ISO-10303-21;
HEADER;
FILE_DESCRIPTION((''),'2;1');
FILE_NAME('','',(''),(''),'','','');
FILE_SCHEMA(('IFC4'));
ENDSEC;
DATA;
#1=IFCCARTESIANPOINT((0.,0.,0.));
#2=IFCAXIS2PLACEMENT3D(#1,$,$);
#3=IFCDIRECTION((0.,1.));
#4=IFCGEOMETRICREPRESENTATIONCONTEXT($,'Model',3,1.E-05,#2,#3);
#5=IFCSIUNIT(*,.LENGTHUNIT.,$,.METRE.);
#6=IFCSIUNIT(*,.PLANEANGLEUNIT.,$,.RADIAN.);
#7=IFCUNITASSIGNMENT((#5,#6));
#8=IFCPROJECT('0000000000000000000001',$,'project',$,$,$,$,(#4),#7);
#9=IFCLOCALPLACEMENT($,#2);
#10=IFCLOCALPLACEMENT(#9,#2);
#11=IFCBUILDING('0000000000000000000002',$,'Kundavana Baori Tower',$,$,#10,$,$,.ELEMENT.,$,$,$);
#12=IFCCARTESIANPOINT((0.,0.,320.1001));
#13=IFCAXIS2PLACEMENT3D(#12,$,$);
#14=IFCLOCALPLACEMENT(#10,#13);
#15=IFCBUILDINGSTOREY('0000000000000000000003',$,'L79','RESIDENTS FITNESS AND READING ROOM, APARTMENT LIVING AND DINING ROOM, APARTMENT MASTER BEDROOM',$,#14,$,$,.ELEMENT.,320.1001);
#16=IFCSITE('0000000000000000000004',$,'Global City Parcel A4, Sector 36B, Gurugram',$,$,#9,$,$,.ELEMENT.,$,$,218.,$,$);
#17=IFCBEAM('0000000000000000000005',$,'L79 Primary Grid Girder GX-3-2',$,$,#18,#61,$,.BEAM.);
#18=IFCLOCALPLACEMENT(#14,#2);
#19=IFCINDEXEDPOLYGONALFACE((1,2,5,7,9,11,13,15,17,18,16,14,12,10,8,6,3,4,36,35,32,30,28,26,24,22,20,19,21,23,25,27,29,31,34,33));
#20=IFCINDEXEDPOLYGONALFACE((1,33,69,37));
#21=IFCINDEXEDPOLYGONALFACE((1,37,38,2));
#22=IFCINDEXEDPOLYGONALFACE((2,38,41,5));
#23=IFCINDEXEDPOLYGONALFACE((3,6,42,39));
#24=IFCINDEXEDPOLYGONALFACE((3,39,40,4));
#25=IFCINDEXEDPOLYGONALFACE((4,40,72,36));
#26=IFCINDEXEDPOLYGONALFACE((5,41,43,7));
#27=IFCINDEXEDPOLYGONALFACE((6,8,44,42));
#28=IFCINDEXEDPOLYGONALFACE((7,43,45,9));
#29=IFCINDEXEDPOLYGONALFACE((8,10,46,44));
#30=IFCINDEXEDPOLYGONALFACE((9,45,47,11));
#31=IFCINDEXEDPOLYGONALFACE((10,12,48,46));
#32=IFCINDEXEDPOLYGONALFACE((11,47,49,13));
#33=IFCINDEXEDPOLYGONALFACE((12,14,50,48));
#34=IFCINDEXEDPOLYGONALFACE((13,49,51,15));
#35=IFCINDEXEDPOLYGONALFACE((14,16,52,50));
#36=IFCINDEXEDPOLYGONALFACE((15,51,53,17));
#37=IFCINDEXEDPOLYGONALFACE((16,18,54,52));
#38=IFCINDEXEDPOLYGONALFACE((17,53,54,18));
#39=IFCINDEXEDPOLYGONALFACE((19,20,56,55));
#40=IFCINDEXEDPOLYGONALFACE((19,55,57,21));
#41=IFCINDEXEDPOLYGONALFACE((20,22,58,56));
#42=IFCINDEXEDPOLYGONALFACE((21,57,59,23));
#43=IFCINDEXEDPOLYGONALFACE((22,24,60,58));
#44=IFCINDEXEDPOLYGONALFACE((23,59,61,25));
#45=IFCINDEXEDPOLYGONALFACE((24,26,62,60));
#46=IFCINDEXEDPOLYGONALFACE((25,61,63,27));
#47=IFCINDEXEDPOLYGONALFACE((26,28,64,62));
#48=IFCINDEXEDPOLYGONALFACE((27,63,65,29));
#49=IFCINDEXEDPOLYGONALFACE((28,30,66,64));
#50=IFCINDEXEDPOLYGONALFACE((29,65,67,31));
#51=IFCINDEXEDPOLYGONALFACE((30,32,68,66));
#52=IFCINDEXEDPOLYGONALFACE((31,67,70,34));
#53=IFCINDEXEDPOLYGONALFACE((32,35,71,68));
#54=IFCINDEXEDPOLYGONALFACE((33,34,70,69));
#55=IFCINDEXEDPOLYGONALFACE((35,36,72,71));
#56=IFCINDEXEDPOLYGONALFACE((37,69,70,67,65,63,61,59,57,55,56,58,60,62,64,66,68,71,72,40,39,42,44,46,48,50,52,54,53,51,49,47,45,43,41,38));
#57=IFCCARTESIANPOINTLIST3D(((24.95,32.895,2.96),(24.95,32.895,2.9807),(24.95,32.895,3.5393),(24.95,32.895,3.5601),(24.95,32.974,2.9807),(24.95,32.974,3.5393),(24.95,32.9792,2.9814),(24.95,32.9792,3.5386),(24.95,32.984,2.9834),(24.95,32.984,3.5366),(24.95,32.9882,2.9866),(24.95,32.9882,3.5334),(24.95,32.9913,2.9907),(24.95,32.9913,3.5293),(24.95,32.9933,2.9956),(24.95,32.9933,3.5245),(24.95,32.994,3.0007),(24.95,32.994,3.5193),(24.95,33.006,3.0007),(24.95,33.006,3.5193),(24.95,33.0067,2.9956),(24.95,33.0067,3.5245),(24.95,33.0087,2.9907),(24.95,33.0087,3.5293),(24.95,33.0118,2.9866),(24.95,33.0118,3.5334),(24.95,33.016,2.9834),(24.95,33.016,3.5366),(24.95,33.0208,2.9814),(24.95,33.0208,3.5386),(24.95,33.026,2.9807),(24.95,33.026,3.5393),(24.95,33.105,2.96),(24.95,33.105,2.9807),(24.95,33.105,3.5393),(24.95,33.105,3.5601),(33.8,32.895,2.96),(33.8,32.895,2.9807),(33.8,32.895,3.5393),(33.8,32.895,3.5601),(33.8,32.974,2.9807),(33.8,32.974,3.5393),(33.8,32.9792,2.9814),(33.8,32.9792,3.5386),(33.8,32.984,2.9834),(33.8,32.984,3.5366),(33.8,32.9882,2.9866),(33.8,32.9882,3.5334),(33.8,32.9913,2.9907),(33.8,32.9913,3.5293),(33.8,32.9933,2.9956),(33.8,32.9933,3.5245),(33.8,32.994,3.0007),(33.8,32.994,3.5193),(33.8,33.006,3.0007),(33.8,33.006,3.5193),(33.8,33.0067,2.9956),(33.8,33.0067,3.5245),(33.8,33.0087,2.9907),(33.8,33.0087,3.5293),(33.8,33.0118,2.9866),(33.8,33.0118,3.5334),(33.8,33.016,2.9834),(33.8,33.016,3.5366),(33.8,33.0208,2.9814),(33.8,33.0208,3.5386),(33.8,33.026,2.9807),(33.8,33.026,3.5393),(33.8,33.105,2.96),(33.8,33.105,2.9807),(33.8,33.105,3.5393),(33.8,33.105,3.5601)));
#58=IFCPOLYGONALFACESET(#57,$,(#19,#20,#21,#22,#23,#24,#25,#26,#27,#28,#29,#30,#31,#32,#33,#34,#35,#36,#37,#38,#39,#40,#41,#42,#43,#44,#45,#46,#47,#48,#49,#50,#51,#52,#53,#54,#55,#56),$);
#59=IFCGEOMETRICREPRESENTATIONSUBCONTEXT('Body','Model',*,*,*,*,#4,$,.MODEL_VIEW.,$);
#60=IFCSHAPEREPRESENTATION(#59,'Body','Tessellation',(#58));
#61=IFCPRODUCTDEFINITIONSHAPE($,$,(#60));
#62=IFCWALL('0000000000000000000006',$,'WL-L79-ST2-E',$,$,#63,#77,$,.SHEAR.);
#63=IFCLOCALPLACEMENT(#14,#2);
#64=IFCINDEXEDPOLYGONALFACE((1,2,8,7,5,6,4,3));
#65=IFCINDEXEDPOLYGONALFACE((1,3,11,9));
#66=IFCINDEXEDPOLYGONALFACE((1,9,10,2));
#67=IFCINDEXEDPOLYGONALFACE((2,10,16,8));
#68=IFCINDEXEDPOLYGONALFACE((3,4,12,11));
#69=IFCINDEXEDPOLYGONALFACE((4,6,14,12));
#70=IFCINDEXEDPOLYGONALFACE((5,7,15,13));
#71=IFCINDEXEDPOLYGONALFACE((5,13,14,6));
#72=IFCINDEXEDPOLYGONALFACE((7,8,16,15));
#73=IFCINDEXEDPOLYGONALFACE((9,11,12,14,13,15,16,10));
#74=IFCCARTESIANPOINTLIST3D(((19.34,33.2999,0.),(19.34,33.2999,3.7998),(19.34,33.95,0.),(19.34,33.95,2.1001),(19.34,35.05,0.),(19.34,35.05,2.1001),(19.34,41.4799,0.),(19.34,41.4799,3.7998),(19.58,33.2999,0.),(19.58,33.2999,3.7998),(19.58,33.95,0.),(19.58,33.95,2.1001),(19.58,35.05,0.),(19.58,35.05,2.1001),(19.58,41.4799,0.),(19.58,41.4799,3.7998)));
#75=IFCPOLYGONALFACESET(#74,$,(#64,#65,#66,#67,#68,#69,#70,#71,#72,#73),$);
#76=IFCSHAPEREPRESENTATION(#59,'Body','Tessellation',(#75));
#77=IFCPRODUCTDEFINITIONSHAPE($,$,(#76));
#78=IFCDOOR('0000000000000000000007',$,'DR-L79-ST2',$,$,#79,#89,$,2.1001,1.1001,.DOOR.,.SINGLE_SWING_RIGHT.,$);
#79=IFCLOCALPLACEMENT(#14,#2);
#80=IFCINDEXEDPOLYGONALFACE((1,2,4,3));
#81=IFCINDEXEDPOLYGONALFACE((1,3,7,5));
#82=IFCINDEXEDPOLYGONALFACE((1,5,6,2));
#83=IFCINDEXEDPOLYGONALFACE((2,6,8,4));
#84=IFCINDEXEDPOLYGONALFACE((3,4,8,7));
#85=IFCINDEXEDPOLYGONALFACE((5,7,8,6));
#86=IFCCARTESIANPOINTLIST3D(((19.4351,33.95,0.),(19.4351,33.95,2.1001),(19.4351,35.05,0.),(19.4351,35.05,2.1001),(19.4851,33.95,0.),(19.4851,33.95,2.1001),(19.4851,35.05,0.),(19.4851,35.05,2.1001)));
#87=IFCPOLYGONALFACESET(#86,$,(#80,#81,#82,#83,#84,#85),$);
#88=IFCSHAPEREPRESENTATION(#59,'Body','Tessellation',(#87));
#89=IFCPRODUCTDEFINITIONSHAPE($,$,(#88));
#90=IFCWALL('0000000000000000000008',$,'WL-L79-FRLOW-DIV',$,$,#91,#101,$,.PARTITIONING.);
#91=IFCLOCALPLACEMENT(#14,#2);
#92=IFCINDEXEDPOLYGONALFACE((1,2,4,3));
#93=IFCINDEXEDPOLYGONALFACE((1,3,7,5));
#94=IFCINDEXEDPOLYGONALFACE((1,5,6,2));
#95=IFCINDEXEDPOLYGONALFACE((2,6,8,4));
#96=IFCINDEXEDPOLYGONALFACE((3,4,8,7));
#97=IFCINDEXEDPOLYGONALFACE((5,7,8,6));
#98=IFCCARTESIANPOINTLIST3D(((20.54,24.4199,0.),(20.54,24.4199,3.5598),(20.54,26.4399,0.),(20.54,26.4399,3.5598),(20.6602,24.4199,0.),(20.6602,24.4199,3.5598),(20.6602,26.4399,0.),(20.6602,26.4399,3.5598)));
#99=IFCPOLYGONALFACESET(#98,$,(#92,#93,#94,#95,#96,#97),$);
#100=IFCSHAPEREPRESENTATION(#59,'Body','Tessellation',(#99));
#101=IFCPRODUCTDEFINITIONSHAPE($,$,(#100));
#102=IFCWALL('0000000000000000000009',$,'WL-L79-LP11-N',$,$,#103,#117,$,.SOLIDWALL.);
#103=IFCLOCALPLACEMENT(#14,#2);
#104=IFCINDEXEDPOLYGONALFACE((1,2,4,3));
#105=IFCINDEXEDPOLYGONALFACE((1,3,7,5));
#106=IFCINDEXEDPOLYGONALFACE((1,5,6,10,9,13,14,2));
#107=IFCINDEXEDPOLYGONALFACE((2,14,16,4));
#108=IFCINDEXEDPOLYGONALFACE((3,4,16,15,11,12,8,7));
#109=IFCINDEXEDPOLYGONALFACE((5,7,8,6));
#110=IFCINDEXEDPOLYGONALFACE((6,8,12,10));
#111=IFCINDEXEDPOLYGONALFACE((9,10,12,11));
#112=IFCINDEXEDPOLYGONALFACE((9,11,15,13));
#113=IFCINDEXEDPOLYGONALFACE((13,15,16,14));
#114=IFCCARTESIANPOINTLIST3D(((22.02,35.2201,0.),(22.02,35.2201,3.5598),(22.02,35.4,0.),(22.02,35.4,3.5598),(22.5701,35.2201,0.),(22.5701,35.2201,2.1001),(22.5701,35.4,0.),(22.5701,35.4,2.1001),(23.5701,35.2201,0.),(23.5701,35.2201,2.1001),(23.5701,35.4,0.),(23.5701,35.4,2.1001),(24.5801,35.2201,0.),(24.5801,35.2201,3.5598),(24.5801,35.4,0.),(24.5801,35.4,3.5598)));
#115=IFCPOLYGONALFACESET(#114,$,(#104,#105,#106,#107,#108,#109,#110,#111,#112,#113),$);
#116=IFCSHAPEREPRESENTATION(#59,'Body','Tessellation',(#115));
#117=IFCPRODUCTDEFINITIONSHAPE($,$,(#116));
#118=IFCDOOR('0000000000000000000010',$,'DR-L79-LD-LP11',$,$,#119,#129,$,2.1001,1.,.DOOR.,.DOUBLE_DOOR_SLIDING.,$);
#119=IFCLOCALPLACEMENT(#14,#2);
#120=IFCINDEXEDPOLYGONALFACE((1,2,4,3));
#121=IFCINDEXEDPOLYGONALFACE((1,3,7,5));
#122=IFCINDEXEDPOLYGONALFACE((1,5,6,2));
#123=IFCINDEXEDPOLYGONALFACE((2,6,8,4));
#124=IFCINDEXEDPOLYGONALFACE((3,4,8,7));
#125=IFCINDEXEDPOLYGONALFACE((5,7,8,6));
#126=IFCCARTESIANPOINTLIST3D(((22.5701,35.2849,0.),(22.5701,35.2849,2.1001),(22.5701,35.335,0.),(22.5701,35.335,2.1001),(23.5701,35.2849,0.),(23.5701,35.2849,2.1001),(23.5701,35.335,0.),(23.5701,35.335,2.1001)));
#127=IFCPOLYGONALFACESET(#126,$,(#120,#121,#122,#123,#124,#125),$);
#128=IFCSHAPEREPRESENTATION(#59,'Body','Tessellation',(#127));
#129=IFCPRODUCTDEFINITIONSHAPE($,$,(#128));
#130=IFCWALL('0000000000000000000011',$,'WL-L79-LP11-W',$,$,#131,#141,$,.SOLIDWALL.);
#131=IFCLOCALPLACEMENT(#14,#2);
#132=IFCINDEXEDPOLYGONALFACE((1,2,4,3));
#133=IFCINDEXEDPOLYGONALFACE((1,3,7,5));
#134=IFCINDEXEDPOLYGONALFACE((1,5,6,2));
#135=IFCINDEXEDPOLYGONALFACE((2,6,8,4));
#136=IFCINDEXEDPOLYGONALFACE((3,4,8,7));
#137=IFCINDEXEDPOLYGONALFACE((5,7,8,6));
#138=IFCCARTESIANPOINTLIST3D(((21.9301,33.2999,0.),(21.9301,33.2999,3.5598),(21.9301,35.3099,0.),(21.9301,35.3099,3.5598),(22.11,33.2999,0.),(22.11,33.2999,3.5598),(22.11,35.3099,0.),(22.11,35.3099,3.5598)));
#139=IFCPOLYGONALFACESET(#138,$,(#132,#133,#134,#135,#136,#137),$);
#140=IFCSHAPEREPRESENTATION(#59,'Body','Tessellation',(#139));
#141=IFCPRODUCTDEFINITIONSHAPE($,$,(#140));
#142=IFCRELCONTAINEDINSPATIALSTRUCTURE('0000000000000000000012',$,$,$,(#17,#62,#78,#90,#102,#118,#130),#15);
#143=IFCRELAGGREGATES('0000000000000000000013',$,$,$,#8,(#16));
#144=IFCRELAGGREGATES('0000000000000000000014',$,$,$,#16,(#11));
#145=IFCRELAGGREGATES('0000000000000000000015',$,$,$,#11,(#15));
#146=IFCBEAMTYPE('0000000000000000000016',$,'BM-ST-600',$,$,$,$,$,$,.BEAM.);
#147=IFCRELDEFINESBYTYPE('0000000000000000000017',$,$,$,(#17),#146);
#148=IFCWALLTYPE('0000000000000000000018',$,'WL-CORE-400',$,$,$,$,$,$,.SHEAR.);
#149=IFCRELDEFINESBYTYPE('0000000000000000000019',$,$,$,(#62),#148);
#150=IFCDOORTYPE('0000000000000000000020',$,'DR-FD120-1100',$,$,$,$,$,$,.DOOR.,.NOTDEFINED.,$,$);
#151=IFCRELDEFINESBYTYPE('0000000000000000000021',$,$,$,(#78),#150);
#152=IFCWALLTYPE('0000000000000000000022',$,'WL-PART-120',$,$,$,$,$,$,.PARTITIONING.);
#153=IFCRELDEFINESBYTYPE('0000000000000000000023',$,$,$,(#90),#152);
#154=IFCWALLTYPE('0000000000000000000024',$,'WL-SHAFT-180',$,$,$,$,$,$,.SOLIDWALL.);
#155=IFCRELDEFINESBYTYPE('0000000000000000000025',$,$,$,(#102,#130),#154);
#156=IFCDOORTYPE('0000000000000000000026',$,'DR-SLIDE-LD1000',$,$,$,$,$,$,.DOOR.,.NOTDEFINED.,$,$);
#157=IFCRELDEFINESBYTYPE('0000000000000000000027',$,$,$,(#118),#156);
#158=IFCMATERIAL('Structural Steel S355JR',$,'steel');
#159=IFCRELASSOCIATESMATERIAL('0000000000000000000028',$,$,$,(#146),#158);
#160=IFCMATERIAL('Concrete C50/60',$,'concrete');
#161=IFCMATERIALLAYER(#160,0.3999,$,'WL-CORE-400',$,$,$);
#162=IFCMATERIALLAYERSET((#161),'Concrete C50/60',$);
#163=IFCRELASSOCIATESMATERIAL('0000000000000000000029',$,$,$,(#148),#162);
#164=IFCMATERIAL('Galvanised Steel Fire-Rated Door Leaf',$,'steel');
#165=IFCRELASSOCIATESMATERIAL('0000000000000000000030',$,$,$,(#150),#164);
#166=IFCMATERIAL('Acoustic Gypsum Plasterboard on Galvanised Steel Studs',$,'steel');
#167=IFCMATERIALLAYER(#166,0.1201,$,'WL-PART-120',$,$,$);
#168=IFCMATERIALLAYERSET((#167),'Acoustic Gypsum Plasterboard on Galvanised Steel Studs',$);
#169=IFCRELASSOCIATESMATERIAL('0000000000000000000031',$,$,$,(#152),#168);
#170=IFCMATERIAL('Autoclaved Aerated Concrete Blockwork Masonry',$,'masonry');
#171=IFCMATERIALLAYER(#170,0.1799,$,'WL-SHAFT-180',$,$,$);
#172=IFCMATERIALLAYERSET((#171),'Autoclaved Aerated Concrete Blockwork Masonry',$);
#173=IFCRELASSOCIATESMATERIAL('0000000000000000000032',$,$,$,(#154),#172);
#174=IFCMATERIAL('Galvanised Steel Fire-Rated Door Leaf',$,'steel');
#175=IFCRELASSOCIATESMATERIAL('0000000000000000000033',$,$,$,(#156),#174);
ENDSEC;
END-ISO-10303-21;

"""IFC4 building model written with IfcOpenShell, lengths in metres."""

from ifc_helpers import new_model, si_unit, direction, frame, frame_2d, origin, origin_2d, place, context, subcontext, project, spatial, rectangle, i_section, extrude, material, layer, layer_set, material_profile, profile_set, type_object, element, fill, save


model = new_model("IFC4")

# Units and contexts
model_context = context("Model", 3, precision=1e-05, world=origin(), true_north=direction((0.0, 1.0)))
body_context = subcontext(model_context, "Body", "Model", "MODEL_VIEW")
ifc_project = project(units=[si_unit("LENGTHUNIT", "METRE"), si_unit("PLANEANGLEUNIT", "RADIAN")], contexts=[model_context])

# Site, building, storey
site_placement = place(None, origin())
site = spatial("IfcSite", under=ifc_project, at=site_placement, Name="Global City Parcel A4, Sector 36B, Gurugram", CompositionType="ELEMENT", RefElevation=218.0)
building_placement = place(site_placement, origin())
building = spatial("IfcBuilding", under=site, at=building_placement, Name="Kundavana Baori Tower", CompositionType="ELEMENT")
storey_placement = place(building_placement, frame((0.0, 0.0, 320.1001)))
storey = spatial("IfcBuildingStorey", under=building, at=storey_placement, Name="L79", Description="RESIDENTS FITNESS AND READING ROOM, APARTMENT LIVING AND DINING ROOM, APARTMENT MASTER BEDROOM", CompositionType="ELEMENT", Elevation=320.1001)

# Beam
ifc_material_1 = material(Name="Structural Steel S355JR", Category="steel")
ifc_material_profile_1 = material_profile(ifc_material_1, i_section(OverallWidth=0.21, OverallDepth=0.6001, WebThickness=0.012, FlangeThickness=0.0208, FilletRadius=0.02, at=origin_2d()), Name="ISMB 600")
ifc_profile_set_1 = profile_set([ifc_material_profile_1], Name="Structural Steel S355JR")
beam_type_1 = type_object("IfcBeamType", Name="BM-ST-600", PredefinedType="BEAM", material=ifc_profile_set_1)
for number, where, z_axis, x_axis, name in (
    (1, (24.95, 33.0, 3.26), (1.0, 0.0, 0.0), (0.0, 1.0, 0.0), "L79 Primary Grid Girder GX-3-2"),
):
    element("IfcBeam", number, at=place(storey_placement, frame(where, z_axis=z_axis, x_axis=x_axis)), inside=storey, type_object=beam_type_1, Name=name, PredefinedType="BEAM", context=body_context, shape_type="SweptSolid", body=[
        extrude(i_section(OverallWidth=0.21, OverallDepth=0.6001, WebThickness=0.012, FlangeThickness=0.0208, FilletRadius=0.02, at=origin_2d()), origin(), (0.0, 0.0, 1.0), 8.8501),
    ])

# Wall, opening, door
ifc_material_2 = material(Name="Concrete C50/60", Category="concrete")
ifc_layer_1 = layer(ifc_material_2, 0.3999, Name="WL-CORE-400")
ifc_layer_set_1 = layer_set([ifc_layer_1], Name="Concrete C50/60")
wall_type_1 = type_object("IfcWallType", Name="WL-CORE-400", PredefinedType="SHEAR", material=ifc_layer_set_1)
wall_1_placement = place(storey_placement, frame((19.46, 33.3, 0.0), z_axis=(0.0, 0.0, 1.0), x_axis=(0.0, 1.0, 0.0)))
wall_1 = element("IfcWall", 2, at=wall_1_placement, inside=storey, type_object=wall_type_1, Name="WL-L79-ST2-E", PredefinedType="SHEAR", context=body_context, shape_type="SweptSolid", body=[
    extrude(rectangle(XDim=8.1799, YDim=0.24, at=frame_2d((4.0898, 0.0))), origin(), (0.0, 0.0, 1.0), 3.7998),
])
opening_1_placement = place(wall_1_placement, frame((0.6499, 0.0, 0.0)))
opening_1 = element("IfcOpeningElement", 3, at=opening_1_placement, cuts=wall_1, PredefinedType="OPENING", context=body_context, shape_type="SweptSolid", body=[
    extrude(rectangle(XDim=1.1001, YDim=2.1001, at=frame_2d((0.55, 1.05))), frame((0.0, 0.1299, 0.0), z_axis=(0.0, -1.0, 0.0), x_axis=(1.0, 0.0, 0.0)), (0.0, 0.0, 1.0), 0.26),
])
ifc_material_3 = material(Name="Galvanised Steel Fire-Rated Door Leaf", Category="steel")
door_type_1 = type_object("IfcDoorType", Name="DR-FD120-1100", OperationType="NOTDEFINED", PredefinedType="DOOR", material=ifc_material_3)
door_1_placement = place(opening_1_placement, origin())
door_1 = element("IfcDoor", 4, at=door_1_placement, inside=storey, type_object=door_type_1, Name="DR-L79-ST2", OperationType="SINGLE_SWING_RIGHT", OverallHeight=2.1001, OverallWidth=1.1001, PredefinedType="DOOR", context=body_context, shape_type="SweptSolid", body=[
    extrude(rectangle(XDim=1.1001, YDim=2.1001, at=frame_2d((0.55, 1.05))), frame((0.0, 0.0249, 0.0), z_axis=(0.0, -1.0, 0.0), x_axis=(1.0, 0.0, 0.0)), (0.0, 0.0, 1.0), 0.05),
])
fill(opening_1, door_1)

# Wall
ifc_material_4 = material(Name="Acoustic Gypsum Plasterboard on Galvanised Steel Studs", Category="steel")
ifc_layer_2 = layer(ifc_material_4, 0.1201, Name="WL-PART-120")
ifc_layer_set_2 = layer_set([ifc_layer_2], Name="Acoustic Gypsum Plasterboard on Galvanised Steel Studs")
wall_type_2 = type_object("IfcWallType", Name="WL-PART-120", PredefinedType="PARTITIONING", material=ifc_layer_set_2)
wall_2_placement = place(storey_placement, frame((20.6001, 24.4199, 0.0), z_axis=(0.0, 0.0, 1.0), x_axis=(0.0, 1.0, 0.0)))
element("IfcWall", 5, at=wall_2_placement, inside=storey, type_object=wall_type_2, Name="WL-L79-FRLOW-DIV", PredefinedType="PARTITIONING", context=body_context, shape_type="SweptSolid", body=[
    extrude(rectangle(XDim=2.02, YDim=0.1201, at=frame_2d((1.01, 0.0))), origin(), (0.0, 0.0, 1.0), 3.5598),
])

# Wall, opening, door
ifc_material_5 = material(Name="Autoclaved Aerated Concrete Blockwork Masonry", Category="masonry")
ifc_layer_3 = layer(ifc_material_5, 0.1799, Name="WL-SHAFT-180")
ifc_layer_set_3 = layer_set([ifc_layer_3], Name="Autoclaved Aerated Concrete Blockwork Masonry")
wall_type_3 = type_object("IfcWallType", Name="WL-SHAFT-180", PredefinedType="SOLIDWALL", material=ifc_layer_set_3)
wall_3_placement = place(storey_placement, frame((22.02, 35.3101, 0.0), z_axis=(0.0, 0.0, 1.0), x_axis=(1.0, 0.0, 0.0)))
wall_3 = element("IfcWall", 6, at=wall_3_placement, inside=storey, type_object=wall_type_3, Name="WL-L79-LP11-N", PredefinedType="SOLIDWALL", context=body_context, shape_type="SweptSolid", body=[
    extrude(rectangle(XDim=2.5601, YDim=0.1799, at=frame_2d((1.28, 0.0))), origin(), (0.0, 0.0, 1.0), 3.5598),
])
opening_2_placement = place(wall_3_placement, frame((0.55, 0.0, 0.0)))
opening_2 = element("IfcOpeningElement", 7, at=opening_2_placement, cuts=wall_3, PredefinedType="OPENING", context=body_context, shape_type="SweptSolid", body=[
    extrude(rectangle(XDim=1.0, YDim=2.1001, at=frame_2d((0.5, 1.05))), frame((0.0, 0.1001, 0.0), z_axis=(0.0, -1.0, 0.0), x_axis=(1.0, 0.0, 0.0)), (0.0, 0.0, 1.0), 0.2),
])
ifc_material_6 = material(Name="Galvanised Steel Fire-Rated Door Leaf", Category="steel")
door_type_2 = type_object("IfcDoorType", Name="DR-SLIDE-LD1000", OperationType="NOTDEFINED", PredefinedType="DOOR", material=ifc_material_6)
door_2_placement = place(opening_2_placement, origin())
door_2 = element("IfcDoor", 8, at=door_2_placement, inside=storey, type_object=door_type_2, Name="DR-L79-LD-LP11", OperationType="DOUBLE_DOOR_SLIDING", OverallHeight=2.1001, OverallWidth=1.0, PredefinedType="DOOR", context=body_context, shape_type="SweptSolid", body=[
    extrude(rectangle(XDim=1.0, YDim=2.1001, at=frame_2d((0.5, 1.05))), frame((0.0, 0.0249, 0.0), z_axis=(0.0, -1.0, 0.0), x_axis=(1.0, 0.0, 0.0)), (0.0, 0.0, 1.0), 0.05),
])
fill(opening_2, door_2)

# Wall
wall_4_placement = place(storey_placement, frame((22.02, 33.3, 0.0), z_axis=(0.0, 0.0, 1.0), x_axis=(0.0, 1.0, 0.0)))
element("IfcWall", 9, at=wall_4_placement, inside=storey, type_object=wall_type_3, Name="WL-L79-LP11-W", PredefinedType="SOLIDWALL", context=body_context, shape_type="SweptSolid", body=[
    extrude(rectangle(XDim=2.01, YDim=0.1799, at=frame_2d((1.0049, 0.0))), origin(), (0.0, 0.0, 1.0), 3.5598),
])

save(model, "model.ifc")
